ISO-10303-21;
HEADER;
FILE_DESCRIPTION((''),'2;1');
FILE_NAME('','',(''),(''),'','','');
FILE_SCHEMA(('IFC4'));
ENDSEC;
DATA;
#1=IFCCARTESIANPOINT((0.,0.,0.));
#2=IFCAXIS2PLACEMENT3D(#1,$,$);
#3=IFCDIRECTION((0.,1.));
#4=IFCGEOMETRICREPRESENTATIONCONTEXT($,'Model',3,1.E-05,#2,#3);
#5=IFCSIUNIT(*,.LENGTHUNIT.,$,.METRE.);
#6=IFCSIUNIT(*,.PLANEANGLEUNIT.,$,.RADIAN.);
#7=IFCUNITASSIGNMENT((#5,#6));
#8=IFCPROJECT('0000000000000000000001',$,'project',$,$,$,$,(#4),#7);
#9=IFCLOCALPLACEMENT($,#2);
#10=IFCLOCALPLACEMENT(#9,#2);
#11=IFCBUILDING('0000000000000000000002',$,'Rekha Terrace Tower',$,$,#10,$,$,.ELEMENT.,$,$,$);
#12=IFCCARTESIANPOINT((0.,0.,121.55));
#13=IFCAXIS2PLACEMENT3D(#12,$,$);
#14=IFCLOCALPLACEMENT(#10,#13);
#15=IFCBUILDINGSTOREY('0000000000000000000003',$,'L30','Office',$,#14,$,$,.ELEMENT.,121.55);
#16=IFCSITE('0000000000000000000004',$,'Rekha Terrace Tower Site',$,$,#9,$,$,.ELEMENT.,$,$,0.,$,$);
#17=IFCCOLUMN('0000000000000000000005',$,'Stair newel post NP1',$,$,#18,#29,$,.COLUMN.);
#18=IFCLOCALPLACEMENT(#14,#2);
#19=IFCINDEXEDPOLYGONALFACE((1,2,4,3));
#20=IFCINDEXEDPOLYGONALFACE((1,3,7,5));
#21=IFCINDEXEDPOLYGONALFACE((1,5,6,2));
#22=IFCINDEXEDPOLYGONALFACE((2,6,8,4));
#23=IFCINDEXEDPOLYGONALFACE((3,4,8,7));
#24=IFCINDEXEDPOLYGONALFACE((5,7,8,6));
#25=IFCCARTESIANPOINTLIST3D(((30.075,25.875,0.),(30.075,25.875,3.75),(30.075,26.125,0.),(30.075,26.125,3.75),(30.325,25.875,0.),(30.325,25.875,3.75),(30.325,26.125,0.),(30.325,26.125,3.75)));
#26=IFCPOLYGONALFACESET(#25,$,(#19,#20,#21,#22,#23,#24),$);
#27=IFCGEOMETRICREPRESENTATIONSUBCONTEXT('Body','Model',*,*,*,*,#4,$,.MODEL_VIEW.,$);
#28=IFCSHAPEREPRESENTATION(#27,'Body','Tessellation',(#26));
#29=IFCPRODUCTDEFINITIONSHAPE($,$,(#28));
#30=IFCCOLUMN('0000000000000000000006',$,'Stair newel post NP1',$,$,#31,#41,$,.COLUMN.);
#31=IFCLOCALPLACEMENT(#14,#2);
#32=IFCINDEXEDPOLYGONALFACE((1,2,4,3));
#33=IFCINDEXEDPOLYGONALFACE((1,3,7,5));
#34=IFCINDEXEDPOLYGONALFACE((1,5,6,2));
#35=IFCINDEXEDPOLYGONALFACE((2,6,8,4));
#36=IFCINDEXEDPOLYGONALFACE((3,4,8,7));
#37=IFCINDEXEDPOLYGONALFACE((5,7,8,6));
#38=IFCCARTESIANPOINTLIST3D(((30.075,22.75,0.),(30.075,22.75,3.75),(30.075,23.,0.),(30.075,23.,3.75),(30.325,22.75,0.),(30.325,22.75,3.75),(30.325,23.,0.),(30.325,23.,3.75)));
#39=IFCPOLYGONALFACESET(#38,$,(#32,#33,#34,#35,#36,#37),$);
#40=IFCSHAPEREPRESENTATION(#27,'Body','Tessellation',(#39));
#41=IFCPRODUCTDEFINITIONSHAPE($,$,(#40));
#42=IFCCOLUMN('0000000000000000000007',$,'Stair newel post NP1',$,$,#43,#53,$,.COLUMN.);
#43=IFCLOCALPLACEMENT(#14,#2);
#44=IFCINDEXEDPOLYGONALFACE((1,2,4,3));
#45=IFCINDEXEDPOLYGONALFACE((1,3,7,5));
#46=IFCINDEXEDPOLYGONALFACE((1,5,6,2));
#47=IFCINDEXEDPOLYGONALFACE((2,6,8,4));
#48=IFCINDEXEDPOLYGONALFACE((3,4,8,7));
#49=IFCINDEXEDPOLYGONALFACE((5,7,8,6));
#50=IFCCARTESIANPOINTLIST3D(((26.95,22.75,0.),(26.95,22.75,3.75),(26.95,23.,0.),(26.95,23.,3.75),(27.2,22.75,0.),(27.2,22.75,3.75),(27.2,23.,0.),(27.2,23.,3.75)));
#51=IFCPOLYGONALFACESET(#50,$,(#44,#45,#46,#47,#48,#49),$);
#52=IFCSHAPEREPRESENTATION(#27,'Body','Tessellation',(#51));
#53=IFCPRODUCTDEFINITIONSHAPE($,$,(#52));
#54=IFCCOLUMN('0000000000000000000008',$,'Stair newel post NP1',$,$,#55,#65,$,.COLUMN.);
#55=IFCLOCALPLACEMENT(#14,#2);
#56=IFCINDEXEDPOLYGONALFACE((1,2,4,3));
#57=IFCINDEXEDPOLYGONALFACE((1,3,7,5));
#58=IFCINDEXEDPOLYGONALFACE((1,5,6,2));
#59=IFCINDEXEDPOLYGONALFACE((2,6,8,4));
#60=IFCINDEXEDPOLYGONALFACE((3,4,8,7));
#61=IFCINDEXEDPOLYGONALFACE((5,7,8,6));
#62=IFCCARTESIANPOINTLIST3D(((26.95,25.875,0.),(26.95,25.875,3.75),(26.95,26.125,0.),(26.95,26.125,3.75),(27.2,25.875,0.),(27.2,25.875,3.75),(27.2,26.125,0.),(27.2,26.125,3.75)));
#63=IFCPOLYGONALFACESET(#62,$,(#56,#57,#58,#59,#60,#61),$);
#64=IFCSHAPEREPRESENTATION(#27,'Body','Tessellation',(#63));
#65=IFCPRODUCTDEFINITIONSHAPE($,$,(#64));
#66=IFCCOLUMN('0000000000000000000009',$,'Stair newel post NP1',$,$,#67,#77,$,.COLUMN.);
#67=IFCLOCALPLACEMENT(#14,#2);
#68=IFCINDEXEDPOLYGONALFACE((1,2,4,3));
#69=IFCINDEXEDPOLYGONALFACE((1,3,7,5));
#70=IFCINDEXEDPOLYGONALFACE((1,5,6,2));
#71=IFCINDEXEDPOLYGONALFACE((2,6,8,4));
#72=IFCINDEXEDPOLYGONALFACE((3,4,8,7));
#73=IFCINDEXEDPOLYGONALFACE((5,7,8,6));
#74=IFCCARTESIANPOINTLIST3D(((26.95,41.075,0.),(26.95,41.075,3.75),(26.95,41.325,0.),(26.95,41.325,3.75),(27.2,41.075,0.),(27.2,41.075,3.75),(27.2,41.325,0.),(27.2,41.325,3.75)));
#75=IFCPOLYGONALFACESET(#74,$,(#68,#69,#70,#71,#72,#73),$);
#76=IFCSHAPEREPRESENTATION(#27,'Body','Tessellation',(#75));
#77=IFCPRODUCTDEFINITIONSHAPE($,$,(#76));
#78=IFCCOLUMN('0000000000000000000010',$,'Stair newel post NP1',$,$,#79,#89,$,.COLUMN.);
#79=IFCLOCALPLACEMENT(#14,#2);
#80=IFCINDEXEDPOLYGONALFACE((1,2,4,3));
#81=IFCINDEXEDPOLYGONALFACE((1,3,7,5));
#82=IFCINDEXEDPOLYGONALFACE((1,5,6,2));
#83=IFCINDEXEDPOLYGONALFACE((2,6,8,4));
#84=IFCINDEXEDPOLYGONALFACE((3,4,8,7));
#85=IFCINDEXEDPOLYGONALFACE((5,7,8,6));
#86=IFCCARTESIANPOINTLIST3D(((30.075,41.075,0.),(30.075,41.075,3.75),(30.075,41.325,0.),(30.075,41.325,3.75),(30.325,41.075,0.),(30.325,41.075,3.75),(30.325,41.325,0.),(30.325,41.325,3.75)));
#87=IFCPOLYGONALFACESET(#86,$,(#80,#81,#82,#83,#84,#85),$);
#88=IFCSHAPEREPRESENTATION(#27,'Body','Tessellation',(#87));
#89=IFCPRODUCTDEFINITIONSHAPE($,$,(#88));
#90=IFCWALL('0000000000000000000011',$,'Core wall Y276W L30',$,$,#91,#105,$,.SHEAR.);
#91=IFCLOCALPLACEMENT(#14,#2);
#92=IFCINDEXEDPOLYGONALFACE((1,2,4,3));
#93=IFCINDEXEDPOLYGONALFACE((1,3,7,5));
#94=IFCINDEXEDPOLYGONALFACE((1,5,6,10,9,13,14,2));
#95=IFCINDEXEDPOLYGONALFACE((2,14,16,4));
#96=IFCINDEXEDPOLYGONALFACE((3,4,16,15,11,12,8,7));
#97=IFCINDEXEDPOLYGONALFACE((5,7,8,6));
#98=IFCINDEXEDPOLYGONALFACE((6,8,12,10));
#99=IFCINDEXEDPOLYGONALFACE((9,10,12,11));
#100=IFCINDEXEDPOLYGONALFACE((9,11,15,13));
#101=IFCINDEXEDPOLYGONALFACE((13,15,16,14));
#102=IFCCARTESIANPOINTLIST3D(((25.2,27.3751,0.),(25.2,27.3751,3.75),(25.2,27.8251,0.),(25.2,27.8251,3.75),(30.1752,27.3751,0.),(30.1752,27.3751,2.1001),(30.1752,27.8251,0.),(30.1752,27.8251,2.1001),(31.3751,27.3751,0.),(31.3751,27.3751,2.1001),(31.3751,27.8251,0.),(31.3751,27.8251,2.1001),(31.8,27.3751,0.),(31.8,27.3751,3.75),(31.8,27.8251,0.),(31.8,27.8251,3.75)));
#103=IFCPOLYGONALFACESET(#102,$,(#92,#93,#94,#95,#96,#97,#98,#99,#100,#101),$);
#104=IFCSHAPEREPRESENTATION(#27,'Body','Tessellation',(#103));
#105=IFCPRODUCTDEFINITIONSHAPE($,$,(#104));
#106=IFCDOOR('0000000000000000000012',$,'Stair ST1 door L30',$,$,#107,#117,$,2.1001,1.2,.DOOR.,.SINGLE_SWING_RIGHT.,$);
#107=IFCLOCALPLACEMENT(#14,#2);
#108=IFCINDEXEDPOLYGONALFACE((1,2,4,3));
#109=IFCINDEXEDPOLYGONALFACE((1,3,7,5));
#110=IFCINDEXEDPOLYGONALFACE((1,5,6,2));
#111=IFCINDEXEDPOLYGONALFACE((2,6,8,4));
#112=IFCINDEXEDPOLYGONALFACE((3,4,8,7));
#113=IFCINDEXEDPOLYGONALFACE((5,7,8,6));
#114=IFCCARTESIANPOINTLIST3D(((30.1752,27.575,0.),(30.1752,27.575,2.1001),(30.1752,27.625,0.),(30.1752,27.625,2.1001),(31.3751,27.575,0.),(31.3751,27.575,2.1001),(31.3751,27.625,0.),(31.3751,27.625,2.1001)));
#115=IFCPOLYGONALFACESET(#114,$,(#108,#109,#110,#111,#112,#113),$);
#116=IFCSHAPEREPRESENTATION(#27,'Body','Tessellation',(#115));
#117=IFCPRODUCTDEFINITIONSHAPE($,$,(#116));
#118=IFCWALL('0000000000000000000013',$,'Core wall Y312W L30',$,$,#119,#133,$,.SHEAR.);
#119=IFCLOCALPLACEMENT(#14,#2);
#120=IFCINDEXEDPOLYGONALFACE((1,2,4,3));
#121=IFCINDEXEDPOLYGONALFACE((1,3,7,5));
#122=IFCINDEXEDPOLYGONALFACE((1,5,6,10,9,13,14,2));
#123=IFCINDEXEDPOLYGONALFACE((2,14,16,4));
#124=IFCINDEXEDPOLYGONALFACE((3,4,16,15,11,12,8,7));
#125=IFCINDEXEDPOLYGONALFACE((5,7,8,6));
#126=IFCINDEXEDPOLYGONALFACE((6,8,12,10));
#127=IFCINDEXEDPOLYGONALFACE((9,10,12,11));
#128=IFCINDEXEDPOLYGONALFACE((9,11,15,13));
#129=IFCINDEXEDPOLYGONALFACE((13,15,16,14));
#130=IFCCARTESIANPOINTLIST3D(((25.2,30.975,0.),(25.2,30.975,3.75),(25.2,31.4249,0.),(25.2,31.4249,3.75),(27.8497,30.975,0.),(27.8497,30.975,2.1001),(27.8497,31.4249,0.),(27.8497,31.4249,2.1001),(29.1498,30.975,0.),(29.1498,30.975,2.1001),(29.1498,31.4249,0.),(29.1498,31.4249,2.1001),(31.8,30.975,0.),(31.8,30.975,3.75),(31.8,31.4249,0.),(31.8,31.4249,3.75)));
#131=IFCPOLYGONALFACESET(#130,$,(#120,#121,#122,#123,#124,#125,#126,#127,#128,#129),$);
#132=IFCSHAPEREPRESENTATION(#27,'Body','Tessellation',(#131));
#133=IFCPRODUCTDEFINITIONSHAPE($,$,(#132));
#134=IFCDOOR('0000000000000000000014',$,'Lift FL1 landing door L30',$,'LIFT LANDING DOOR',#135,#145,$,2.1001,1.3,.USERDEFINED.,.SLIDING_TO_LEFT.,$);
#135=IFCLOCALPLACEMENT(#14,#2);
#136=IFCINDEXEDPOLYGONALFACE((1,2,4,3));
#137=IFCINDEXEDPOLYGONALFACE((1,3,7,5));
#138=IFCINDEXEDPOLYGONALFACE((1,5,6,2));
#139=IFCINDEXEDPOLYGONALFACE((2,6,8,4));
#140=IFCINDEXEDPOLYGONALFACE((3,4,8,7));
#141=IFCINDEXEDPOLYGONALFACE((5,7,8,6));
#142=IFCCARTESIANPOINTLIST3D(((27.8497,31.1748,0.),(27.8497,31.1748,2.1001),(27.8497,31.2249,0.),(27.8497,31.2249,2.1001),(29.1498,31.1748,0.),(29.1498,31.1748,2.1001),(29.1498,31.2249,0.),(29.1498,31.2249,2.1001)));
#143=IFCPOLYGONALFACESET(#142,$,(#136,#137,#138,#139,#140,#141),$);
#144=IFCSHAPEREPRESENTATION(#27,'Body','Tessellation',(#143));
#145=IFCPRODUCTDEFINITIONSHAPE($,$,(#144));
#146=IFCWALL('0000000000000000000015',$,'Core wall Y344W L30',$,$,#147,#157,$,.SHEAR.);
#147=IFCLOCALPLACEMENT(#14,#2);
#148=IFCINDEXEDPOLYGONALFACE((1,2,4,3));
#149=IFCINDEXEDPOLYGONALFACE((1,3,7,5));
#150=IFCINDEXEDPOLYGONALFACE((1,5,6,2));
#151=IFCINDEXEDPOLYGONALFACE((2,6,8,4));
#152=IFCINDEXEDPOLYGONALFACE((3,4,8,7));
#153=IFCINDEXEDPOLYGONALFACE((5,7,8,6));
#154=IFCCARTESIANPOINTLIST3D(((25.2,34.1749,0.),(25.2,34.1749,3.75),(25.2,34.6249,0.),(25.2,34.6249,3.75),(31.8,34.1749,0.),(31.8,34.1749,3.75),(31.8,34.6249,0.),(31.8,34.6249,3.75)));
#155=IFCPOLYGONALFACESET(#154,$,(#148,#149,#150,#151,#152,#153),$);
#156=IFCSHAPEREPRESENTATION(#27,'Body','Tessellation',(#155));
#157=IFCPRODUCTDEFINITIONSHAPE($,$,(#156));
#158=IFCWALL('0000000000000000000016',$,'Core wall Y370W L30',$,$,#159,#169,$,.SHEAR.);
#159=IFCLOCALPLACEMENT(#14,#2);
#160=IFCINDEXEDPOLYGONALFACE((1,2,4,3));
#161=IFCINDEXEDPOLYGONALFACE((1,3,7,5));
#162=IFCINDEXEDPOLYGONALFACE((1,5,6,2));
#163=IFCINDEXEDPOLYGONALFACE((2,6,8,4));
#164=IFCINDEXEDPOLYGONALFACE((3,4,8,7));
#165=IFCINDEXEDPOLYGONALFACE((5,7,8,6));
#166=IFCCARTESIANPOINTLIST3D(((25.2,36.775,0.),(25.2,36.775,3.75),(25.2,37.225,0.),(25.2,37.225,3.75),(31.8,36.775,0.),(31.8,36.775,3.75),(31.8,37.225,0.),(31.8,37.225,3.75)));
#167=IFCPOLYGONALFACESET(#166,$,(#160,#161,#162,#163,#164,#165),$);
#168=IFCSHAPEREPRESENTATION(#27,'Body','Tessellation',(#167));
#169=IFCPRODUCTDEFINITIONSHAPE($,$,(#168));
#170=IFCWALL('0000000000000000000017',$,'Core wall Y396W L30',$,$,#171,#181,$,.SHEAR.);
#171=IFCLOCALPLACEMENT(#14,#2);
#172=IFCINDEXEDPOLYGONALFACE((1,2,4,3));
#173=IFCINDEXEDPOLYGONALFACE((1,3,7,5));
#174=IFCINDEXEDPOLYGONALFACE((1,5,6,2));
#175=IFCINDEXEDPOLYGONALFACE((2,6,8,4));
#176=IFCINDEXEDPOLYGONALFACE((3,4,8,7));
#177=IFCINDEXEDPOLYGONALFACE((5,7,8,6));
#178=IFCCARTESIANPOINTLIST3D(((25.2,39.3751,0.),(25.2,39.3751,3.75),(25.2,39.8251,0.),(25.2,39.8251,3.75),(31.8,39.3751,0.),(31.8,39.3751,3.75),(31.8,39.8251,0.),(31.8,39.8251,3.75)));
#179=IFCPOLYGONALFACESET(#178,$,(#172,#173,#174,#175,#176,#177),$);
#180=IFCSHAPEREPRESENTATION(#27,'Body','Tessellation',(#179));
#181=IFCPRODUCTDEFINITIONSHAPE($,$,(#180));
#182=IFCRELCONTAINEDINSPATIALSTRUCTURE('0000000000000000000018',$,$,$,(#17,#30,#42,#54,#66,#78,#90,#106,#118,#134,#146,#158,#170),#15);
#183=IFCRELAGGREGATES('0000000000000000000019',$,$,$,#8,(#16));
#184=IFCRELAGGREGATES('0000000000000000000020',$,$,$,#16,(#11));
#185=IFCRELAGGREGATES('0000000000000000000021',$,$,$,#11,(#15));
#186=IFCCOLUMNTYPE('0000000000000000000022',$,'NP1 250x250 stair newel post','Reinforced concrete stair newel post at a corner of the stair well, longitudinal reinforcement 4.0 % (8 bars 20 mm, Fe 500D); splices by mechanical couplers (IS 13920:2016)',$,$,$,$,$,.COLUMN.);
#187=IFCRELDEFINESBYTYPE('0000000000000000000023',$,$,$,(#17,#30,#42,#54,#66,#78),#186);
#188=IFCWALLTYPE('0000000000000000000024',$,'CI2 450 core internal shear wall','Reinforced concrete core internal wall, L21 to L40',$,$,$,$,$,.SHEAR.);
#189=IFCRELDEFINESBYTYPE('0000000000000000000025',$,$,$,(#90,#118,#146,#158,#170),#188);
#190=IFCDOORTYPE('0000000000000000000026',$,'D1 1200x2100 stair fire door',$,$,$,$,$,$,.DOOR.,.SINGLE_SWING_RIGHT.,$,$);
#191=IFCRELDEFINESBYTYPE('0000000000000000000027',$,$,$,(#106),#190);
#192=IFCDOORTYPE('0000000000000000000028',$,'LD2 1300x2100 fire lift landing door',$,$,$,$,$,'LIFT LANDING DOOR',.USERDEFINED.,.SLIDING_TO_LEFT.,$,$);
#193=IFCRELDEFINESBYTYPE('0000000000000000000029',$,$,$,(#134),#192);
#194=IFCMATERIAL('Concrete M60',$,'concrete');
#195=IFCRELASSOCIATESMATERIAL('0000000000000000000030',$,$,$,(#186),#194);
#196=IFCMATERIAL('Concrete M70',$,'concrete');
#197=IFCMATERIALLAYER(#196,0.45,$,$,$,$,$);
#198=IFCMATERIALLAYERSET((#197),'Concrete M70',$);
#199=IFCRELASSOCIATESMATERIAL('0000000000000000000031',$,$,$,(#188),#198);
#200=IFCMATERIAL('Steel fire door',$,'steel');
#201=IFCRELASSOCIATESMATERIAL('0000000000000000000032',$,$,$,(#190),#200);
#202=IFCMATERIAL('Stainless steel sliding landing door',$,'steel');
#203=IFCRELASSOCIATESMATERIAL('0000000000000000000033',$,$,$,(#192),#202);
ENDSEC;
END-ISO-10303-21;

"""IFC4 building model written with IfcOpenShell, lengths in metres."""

from ifc_helpers import new_model, si_unit, direction, frame, frame_2d, origin, origin_2d, place, context, subcontext, project, spatial, rectangle, extrude, material, layer, layer_set, material_profile, profile_set, type_object, element, fill, save


model = new_model("IFC4")

# Units and contexts
model_context = context("Model", 3, precision=1e-05, world=origin(), true_north=direction((0.0, 1.0)))
body_context = subcontext(model_context, "Body", "Model", "MODEL_VIEW")
ifc_project = project(units=[si_unit("LENGTHUNIT", "METRE"), si_unit("PLANEANGLEUNIT", "RADIAN")], contexts=[model_context])

# Site, building, storey
site_placement = place(None, origin())
site = spatial("IfcSite", under=ifc_project, at=site_placement, Name="Rekha Terrace Tower Site", CompositionType="ELEMENT", RefElevation=0.0)
building_placement = place(site_placement, origin())
building = spatial("IfcBuilding", under=site, at=building_placement, Name="Rekha Terrace Tower", CompositionType="ELEMENT")
storey_placement = place(building_placement, frame((0.0, 0.0, 121.55)))
storey = spatial("IfcBuildingStorey", under=building, at=storey_placement, Name="L30", Description="Office", CompositionType="ELEMENT", Elevation=121.55)

# Columns
ifc_material_1 = material(Name="Concrete M60", Category="concrete")
ifc_material_profile = material_profile(ifc_material_1, rectangle(XDim=0.25, YDim=0.25, at=origin_2d()), Name="RC 250x250")
ifc_profile_set = profile_set([ifc_material_profile], Name="Concrete M60")
column_type = type_object("IfcColumnType", Name="NP1 250x250 stair newel post", Description="Reinforced concrete stair newel post at a corner of the stair well, longitudinal reinforcement 4.0 % (8 bars 20 mm, Fe 500D); splices by mechanical couplers (IS 13920:2016)", PredefinedType="COLUMN", material=ifc_profile_set)
for number, where, z_axis, x_axis, name in (
    (1, (30.2, 26.0, 0.0), (0.0, 0.0, 1.0), (1.0, 0.0, 0.0), "Stair newel post NP1"),
    (2, (30.2, 22.875, 0.0), (0.0, 0.0, 1.0), (1.0, 0.0, 0.0), "Stair newel post NP1"),
    (3, (27.075, 22.875, 0.0), (0.0, 0.0, 1.0), (1.0, 0.0, 0.0), "Stair newel post NP1"),
    (4, (27.075, 26.0, 0.0), (0.0, 0.0, 1.0), (1.0, 0.0, 0.0), "Stair newel post NP1"),
    (5, (27.075, 41.2, 0.0), (0.0, 0.0, 1.0), (1.0, 0.0, 0.0), "Stair newel post NP1"),
    (6, (30.2, 41.2, 0.0), (0.0, 0.0, 1.0), (1.0, 0.0, 0.0), "Stair newel post NP1"),
):
    element("IfcColumn", number, at=place(storey_placement, frame(where, z_axis=z_axis, x_axis=x_axis)), inside=storey, type_object=column_type, Name=name, PredefinedType="COLUMN", context=body_context, shape_type="SweptSolid", body=[
        extrude(rectangle(XDim=0.25, YDim=0.25, at=origin_2d()), origin(), (0.0, 0.0, 1.0), 3.75),
    ])

# Walls, openings, doors
ifc_material_2 = material(Name="Concrete M70", Category="concrete")
ifc_layer = layer(ifc_material_2, 0.45)
ifc_layer_set = layer_set([ifc_layer], Name="Concrete M70")
wall_type = type_object("IfcWallType", Name="CI2 450 core internal shear wall", Description="Reinforced concrete core internal wall, L21 to L40", PredefinedType="SHEAR", material=ifc_layer_set)
wall_1_placement = place(storey_placement, frame((25.2, 27.6001, 0.0), z_axis=(0.0, 0.0, 1.0), x_axis=(1.0, 0.0, 0.0)))
wall_1 = element("IfcWall", 7, at=wall_1_placement, inside=storey, type_object=wall_type, Name="Core wall Y276W L30", PredefinedType="SHEAR", context=body_context, shape_type="SweptSolid", body=[
    extrude(rectangle(XDim=6.6001, YDim=0.45, at=frame_2d((3.3, 0.0))), origin(), (0.0, 0.0, 1.0), 3.75),
])
opening_1_placement = place(wall_1_placement, frame((4.9751, 0.0, 0.0)))
opening_1 = element("IfcOpeningElement", 8, at=opening_1_placement, cuts=wall_1, PredefinedType="OPENING", context=body_context, shape_type="SweptSolid", body=[
    extrude(rectangle(XDim=1.2, YDim=2.1001, at=frame_2d((0.6001, 1.05))), frame((0.0, 0.2349, 0.0), z_axis=(0.0, -1.0, 0.0), x_axis=(1.0, 0.0, 0.0)), (0.0, 0.0, 1.0), 0.47),
])
ifc_material_3 = material(Name="Steel fire door", Category="steel")
door_type_1 = type_object("IfcDoorType", Name="D1 1200x2100 stair fire door", OperationType="SINGLE_SWING_RIGHT", PredefinedType="DOOR", material=ifc_material_3)
door_1_placement = place(opening_1_placement, origin())
door_1 = element("IfcDoor", 9, at=door_1_placement, inside=storey, type_object=door_type_1, Name="Stair ST1 door L30", OperationType="SINGLE_SWING_RIGHT", OverallHeight=2.1001, OverallWidth=1.2, PredefinedType="DOOR", context=body_context, shape_type="SweptSolid", body=[
    extrude(rectangle(XDim=1.2, YDim=2.1001, at=frame_2d((0.6001, 1.05))), frame((0.0, 0.0249, 0.0), z_axis=(0.0, -1.0, 0.0), x_axis=(1.0, 0.0, 0.0)), (0.0, 0.0, 1.0), 0.05),
])
fill(opening_1, door_1)
wall_2_placement = place(storey_placement, frame((25.2, 31.2, 0.0), z_axis=(0.0, 0.0, 1.0), x_axis=(1.0, 0.0, 0.0)))
wall_2 = element("IfcWall", 10, at=wall_2_placement, inside=storey, type_object=wall_type, Name="Core wall Y312W L30", PredefinedType="SHEAR", context=body_context, shape_type="SweptSolid", body=[
    extrude(rectangle(XDim=6.6001, YDim=0.45, at=frame_2d((3.3, 0.0))), origin(), (0.0, 0.0, 1.0), 3.75),
])
opening_2_placement = place(wall_2_placement, frame((2.6499, 0.0, 0.0)))
opening_2 = element("IfcOpeningElement", 11, at=opening_2_placement, cuts=wall_2, PredefinedType="OPENING", context=body_context, shape_type="SweptSolid", body=[
    extrude(rectangle(XDim=1.3, YDim=2.1001, at=frame_2d((0.6499, 1.05))), frame((0.0, 0.2349, 0.0), z_axis=(0.0, -1.0, 0.0), x_axis=(1.0, 0.0, 0.0)), (0.0, 0.0, 1.0), 0.47),
])
ifc_material_4 = material(Name="Stainless steel sliding landing door", Category="steel")
door_type_2 = type_object("IfcDoorType", Name="LD2 1300x2100 fire lift landing door", ElementType="LIFT LANDING DOOR", OperationType="SLIDING_TO_LEFT", PredefinedType="USERDEFINED", material=ifc_material_4)
door_2_placement = place(opening_2_placement, origin())
door_2 = element("IfcDoor", 12, at=door_2_placement, inside=storey, type_object=door_type_2, Name="Lift FL1 landing door L30", ObjectType="LIFT LANDING DOOR", OperationType="SLIDING_TO_LEFT", OverallHeight=2.1001, OverallWidth=1.3, PredefinedType="USERDEFINED", context=body_context, shape_type="SweptSolid", body=[
    extrude(rectangle(XDim=1.3, YDim=2.1001, at=frame_2d((0.6499, 1.05))), frame((0.0, 0.0249, 0.0), z_axis=(0.0, -1.0, 0.0), x_axis=(1.0, 0.0, 0.0)), (0.0, 0.0, 1.0), 0.05),
])
fill(opening_2, door_2)

# Walls
for number, where, z_axis, x_axis, name in (
    (13, (25.2, 34.3999, 0.0), (0.0, 0.0, 1.0), (1.0, 0.0, 0.0), "Core wall Y344W L30"),
    (14, (25.2, 37.0, 0.0), (0.0, 0.0, 1.0), (1.0, 0.0, 0.0), "Core wall Y370W L30"),
    (15, (25.2, 39.6001, 0.0), (0.0, 0.0, 1.0), (1.0, 0.0, 0.0), "Core wall Y396W L30"),
):
    element("IfcWall", number, at=place(storey_placement, frame(where, z_axis=z_axis, x_axis=x_axis)), inside=storey, type_object=wall_type, Name=name, PredefinedType="SHEAR", context=body_context, shape_type="SweptSolid", body=[
        extrude(rectangle(XDim=6.6001, YDim=0.45, at=frame_2d((3.3, 0.0))), origin(), (0.0, 0.0, 1.0), 3.75),
    ])

save(model, "model.ifc")
